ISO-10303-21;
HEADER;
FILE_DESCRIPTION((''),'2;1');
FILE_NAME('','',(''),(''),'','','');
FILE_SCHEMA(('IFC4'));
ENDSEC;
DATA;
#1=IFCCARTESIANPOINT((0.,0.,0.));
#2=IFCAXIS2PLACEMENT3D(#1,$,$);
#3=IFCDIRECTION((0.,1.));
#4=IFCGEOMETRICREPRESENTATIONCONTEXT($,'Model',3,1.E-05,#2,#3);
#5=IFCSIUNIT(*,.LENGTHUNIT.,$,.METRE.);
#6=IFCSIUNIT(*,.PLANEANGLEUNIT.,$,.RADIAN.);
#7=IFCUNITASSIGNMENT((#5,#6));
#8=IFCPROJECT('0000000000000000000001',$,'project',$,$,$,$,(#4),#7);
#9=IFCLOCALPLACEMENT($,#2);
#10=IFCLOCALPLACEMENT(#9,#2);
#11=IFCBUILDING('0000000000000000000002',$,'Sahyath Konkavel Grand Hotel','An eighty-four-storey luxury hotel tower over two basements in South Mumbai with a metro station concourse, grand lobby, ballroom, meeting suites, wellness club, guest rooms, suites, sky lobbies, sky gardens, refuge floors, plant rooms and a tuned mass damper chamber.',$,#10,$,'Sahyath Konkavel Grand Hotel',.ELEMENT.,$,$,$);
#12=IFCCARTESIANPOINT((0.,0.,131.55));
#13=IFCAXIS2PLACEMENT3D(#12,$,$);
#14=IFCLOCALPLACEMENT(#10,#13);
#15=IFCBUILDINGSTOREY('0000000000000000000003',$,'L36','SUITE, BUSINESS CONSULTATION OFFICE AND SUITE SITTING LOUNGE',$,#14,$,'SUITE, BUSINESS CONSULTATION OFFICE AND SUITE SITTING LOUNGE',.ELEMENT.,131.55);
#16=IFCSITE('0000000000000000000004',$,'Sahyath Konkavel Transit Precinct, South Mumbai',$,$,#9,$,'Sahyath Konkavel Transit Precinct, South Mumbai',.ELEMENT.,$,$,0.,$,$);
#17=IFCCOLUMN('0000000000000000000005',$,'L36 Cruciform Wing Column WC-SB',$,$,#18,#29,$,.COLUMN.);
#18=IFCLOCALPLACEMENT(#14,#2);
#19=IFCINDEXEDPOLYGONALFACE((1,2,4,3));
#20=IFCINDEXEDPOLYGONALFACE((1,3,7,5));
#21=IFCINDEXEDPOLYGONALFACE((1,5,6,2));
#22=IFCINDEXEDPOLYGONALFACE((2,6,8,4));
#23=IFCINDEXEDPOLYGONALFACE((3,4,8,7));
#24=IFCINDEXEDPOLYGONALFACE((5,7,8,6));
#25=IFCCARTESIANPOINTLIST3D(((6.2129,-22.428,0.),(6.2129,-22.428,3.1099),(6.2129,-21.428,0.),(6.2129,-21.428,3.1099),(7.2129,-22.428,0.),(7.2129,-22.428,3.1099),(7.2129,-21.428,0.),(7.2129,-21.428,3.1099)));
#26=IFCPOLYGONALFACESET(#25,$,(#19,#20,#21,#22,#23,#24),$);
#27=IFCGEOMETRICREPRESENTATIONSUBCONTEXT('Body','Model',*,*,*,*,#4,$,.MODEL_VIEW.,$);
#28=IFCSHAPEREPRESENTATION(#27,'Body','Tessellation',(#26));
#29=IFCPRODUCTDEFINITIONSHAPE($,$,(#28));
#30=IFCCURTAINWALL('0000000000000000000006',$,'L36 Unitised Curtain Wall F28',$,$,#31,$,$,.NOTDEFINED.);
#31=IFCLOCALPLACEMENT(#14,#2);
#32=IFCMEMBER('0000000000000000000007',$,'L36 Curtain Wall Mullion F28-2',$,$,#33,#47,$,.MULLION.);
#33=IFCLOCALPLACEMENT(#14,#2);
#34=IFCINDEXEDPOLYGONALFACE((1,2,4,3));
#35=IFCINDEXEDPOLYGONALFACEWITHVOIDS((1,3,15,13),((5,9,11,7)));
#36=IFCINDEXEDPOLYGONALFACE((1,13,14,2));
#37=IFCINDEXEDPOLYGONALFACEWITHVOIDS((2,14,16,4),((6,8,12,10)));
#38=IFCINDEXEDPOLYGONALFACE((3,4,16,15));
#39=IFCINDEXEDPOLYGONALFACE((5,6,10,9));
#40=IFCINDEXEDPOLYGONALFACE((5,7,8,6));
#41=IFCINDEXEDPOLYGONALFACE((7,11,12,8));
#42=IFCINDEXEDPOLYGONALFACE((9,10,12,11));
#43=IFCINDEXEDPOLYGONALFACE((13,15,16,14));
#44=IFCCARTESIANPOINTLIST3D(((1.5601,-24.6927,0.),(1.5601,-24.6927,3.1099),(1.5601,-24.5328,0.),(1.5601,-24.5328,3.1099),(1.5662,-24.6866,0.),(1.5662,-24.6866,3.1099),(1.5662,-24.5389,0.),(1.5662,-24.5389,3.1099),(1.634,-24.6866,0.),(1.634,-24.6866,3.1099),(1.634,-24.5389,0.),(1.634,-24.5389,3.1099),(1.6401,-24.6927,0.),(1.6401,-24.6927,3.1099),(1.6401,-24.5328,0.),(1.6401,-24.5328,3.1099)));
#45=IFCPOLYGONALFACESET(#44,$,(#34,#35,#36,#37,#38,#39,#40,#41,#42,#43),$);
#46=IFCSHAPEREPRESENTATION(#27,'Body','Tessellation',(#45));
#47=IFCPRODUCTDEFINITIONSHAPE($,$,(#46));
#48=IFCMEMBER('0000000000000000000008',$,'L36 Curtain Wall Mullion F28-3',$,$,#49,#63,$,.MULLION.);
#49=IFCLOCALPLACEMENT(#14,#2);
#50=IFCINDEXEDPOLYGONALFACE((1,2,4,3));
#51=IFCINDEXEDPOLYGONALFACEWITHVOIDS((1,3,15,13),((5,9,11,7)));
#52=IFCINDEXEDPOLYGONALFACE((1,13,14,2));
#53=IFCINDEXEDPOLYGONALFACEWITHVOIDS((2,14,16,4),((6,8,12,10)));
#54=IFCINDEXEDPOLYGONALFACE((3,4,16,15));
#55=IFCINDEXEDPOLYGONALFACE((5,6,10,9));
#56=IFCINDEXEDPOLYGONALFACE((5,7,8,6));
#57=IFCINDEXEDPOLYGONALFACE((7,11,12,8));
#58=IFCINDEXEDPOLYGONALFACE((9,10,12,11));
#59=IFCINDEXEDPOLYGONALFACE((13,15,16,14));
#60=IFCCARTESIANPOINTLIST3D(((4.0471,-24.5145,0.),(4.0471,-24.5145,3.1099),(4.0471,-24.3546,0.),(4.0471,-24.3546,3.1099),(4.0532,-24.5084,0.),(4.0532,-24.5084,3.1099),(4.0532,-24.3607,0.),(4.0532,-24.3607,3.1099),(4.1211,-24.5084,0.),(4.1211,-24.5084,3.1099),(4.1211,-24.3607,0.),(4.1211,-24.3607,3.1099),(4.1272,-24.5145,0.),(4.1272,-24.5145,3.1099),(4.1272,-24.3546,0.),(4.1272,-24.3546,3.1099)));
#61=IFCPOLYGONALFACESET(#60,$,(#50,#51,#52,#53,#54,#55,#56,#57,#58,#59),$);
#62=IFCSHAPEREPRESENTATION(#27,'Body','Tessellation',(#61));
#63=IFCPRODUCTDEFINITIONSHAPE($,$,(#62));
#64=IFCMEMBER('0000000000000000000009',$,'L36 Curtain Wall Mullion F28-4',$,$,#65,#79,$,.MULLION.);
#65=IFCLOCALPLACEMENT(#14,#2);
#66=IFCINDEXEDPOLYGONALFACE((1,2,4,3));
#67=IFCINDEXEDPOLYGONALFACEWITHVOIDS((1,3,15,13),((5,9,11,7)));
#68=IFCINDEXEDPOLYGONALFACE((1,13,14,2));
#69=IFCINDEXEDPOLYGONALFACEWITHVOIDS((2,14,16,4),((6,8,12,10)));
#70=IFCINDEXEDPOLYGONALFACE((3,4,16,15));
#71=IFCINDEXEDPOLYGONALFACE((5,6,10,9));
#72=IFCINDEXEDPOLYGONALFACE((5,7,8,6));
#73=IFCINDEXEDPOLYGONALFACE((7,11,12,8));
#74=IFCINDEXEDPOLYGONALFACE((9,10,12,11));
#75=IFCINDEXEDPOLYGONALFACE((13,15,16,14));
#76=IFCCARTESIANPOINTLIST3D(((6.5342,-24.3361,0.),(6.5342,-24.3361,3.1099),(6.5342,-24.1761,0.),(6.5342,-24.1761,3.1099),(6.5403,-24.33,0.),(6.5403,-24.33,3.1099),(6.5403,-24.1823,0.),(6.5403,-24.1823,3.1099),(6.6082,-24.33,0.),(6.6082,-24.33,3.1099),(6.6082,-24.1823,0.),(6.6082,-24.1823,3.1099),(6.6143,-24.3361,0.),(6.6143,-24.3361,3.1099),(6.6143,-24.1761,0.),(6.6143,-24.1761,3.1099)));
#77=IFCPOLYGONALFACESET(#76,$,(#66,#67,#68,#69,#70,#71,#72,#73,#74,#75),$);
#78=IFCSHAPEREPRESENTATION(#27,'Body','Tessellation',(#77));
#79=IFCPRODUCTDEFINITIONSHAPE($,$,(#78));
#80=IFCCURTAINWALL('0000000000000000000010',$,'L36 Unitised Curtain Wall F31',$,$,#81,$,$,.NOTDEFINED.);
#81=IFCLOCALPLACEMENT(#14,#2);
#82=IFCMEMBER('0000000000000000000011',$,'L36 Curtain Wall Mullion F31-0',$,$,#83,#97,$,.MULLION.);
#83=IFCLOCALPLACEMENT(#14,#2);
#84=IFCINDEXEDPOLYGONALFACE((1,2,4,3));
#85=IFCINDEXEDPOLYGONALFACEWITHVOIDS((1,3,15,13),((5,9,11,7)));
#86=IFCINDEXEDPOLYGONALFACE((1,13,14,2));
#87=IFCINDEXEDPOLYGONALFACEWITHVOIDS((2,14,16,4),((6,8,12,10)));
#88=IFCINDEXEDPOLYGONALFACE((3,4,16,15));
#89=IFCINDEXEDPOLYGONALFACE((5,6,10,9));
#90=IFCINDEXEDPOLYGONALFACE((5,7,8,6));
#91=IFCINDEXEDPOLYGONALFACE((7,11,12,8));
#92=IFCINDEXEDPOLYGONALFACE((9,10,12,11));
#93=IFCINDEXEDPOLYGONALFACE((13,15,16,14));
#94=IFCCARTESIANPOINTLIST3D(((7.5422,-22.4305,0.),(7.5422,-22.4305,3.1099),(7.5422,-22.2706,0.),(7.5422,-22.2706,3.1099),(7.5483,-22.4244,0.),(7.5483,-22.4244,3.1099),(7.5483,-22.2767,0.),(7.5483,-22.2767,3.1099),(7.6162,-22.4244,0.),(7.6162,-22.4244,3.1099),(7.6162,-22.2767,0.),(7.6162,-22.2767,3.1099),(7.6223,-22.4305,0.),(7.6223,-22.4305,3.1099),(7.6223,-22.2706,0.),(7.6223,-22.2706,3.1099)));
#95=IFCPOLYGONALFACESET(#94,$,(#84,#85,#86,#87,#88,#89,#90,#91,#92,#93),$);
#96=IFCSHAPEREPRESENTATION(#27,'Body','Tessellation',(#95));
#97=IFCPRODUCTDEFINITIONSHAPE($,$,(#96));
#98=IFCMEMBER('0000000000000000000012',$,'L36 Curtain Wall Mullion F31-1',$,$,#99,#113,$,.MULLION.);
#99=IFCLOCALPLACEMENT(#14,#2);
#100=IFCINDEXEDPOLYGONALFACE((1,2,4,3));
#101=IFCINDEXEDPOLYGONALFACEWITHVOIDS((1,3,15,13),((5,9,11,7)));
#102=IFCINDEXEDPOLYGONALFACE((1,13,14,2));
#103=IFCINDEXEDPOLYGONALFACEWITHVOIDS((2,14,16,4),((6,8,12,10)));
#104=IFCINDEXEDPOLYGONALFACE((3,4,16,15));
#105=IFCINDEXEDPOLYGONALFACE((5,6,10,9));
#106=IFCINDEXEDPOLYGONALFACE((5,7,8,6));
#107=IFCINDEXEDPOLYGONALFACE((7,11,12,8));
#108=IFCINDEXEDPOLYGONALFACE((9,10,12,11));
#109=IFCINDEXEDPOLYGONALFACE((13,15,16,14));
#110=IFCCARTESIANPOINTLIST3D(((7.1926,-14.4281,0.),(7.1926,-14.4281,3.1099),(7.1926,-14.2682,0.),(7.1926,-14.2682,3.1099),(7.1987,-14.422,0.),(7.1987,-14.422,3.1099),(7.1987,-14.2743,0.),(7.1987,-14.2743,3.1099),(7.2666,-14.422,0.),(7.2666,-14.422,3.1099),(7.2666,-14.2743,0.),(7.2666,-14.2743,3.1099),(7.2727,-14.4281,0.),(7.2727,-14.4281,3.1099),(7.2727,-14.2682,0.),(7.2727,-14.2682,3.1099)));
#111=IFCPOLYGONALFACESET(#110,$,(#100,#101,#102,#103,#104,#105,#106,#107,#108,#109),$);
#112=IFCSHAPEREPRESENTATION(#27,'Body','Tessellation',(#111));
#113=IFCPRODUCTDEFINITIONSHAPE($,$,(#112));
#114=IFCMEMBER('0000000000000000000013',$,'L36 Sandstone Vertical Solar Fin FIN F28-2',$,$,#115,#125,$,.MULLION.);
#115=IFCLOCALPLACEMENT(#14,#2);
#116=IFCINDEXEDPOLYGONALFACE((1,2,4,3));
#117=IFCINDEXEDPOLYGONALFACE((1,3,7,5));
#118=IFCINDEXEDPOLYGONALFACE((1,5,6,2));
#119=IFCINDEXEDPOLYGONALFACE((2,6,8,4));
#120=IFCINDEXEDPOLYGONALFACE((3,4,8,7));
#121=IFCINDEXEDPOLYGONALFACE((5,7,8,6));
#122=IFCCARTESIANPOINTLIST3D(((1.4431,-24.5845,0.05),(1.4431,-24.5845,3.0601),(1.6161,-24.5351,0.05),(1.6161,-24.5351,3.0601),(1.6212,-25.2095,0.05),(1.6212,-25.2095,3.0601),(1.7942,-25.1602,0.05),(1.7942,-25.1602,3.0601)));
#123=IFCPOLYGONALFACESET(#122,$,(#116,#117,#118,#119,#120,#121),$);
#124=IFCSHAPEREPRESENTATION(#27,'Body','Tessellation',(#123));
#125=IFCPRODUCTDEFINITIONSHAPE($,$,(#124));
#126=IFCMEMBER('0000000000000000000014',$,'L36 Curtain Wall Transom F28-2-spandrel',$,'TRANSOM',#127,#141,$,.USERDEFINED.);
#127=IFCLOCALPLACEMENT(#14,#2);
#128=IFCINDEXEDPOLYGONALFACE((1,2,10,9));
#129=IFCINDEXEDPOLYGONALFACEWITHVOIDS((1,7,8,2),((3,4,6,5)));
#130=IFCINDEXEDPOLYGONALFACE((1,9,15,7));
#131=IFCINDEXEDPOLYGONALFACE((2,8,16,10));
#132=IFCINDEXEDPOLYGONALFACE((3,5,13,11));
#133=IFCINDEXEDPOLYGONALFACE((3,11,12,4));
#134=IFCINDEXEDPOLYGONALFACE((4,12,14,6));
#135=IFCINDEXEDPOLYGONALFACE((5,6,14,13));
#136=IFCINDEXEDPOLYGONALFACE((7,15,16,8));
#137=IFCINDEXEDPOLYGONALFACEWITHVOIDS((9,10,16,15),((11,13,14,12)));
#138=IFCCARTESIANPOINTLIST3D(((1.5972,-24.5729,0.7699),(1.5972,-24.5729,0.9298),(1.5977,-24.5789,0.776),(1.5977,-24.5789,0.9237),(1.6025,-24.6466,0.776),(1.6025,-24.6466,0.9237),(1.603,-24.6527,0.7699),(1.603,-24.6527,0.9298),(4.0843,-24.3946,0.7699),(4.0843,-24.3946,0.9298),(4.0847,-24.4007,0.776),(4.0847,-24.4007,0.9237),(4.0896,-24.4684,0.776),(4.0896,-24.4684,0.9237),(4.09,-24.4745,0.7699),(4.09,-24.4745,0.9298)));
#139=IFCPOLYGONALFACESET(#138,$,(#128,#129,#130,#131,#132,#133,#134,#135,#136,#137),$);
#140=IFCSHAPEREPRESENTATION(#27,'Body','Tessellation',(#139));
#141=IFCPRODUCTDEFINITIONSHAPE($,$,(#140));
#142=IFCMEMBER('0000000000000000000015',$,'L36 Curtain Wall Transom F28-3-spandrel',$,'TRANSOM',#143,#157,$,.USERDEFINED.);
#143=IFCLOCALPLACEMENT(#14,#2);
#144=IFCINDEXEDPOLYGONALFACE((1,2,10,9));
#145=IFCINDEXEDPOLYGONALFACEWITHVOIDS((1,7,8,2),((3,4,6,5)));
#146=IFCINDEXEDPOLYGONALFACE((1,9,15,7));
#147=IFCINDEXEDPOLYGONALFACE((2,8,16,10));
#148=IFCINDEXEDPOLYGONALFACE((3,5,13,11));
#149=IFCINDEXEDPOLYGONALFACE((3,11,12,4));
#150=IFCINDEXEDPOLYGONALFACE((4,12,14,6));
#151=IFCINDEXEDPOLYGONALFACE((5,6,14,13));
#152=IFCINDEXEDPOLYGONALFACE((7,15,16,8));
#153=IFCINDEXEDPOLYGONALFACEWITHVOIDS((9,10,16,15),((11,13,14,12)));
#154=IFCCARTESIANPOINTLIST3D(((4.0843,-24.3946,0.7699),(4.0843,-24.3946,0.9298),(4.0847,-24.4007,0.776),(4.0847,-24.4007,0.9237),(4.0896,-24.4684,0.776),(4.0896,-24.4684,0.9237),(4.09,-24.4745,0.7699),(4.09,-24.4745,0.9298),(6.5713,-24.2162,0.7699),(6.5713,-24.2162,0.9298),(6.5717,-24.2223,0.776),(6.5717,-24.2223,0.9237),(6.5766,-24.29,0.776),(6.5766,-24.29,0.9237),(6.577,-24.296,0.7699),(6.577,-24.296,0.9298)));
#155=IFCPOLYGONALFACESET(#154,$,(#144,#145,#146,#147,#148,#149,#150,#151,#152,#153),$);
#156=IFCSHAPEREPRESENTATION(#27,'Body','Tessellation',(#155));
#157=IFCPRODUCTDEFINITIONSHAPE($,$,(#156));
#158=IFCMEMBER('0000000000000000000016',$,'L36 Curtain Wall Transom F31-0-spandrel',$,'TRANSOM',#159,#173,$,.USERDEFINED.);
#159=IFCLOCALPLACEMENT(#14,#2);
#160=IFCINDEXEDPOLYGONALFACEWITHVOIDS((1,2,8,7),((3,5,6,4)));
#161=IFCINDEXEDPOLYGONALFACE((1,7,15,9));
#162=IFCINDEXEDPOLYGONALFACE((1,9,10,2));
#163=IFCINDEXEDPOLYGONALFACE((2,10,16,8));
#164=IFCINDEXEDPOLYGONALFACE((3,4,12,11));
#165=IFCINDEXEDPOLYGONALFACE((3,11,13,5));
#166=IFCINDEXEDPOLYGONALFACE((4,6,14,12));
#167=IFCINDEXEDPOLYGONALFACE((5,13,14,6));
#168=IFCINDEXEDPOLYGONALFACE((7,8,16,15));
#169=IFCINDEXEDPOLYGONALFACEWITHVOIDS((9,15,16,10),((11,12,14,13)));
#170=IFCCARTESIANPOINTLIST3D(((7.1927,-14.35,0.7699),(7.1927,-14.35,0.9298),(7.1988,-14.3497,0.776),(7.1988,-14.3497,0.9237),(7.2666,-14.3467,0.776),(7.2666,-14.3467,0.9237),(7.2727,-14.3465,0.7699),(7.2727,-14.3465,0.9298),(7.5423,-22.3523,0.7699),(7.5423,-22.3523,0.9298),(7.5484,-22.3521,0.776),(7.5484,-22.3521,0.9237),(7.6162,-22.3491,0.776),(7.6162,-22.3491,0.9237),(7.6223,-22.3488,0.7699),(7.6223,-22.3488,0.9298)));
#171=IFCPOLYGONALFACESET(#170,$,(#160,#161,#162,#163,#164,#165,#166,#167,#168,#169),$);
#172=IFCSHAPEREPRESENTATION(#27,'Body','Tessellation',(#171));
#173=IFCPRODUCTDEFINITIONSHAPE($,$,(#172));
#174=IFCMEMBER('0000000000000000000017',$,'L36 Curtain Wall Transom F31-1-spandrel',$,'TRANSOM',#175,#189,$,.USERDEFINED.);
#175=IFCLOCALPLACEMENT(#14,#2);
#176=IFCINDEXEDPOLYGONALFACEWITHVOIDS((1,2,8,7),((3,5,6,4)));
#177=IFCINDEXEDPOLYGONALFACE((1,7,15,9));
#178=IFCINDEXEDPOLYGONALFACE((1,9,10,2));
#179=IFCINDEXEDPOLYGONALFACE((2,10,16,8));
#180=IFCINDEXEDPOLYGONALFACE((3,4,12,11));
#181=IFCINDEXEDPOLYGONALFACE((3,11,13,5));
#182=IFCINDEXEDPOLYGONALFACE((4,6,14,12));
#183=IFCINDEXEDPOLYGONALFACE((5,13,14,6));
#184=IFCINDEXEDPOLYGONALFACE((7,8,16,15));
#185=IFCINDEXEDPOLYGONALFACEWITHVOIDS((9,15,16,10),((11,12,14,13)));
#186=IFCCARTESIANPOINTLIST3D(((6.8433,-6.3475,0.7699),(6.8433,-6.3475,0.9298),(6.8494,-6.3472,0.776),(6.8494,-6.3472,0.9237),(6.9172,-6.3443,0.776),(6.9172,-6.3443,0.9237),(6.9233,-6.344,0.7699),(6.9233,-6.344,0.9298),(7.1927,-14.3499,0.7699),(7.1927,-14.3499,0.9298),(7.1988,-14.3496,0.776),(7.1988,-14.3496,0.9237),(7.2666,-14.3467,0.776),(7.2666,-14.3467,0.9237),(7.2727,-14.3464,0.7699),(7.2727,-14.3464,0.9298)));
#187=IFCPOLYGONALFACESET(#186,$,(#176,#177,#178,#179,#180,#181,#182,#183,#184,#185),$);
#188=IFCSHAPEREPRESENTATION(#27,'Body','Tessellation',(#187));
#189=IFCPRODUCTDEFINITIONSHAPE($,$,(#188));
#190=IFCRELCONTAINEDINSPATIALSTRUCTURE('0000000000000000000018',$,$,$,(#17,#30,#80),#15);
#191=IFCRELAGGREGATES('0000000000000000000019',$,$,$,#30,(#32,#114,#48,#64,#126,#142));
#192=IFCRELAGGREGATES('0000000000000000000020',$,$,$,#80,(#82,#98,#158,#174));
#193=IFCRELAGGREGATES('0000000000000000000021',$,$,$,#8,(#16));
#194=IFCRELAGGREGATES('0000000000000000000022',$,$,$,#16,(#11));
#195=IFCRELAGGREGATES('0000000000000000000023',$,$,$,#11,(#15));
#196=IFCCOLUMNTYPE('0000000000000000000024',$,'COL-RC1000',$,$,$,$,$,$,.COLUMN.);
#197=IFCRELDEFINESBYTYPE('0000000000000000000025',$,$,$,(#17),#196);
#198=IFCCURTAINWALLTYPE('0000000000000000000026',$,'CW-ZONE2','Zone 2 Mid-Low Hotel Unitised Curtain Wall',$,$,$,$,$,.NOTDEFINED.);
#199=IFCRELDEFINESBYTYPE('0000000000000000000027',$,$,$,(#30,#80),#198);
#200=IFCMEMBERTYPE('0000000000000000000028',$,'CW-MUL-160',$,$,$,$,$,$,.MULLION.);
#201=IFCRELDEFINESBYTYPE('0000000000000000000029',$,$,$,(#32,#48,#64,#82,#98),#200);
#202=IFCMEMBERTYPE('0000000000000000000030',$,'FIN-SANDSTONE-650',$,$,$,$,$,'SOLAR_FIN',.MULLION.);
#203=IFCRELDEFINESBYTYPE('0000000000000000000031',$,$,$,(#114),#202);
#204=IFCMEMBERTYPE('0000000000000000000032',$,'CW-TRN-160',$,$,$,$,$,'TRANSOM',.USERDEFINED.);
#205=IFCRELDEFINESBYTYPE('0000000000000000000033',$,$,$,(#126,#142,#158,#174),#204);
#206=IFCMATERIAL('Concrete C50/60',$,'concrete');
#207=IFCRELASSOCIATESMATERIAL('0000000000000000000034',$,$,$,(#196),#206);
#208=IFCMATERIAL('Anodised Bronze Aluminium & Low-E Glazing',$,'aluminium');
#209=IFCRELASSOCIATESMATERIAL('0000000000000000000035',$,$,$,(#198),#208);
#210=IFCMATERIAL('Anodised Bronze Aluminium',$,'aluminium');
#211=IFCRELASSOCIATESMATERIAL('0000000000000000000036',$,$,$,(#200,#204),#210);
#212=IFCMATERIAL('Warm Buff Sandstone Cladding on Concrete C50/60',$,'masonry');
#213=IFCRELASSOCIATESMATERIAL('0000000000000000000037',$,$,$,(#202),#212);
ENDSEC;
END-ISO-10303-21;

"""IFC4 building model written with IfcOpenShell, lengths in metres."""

from ifc_helpers import new_model, si_unit, direction, frame, origin, origin_2d, place, context, subcontext, project, spatial, rectangle, hollow_rectangle, extrude, source, transform, mapped, material, material_profile, profile_set, type_object, element, aggregate, save


model = new_model("IFC4")

# Units and contexts
model_context = context("Model", 3, precision=1e-05, world=origin(), true_north=direction((0.0, 1.0)))
body_context = subcontext(model_context, "Body", "Model", "MODEL_VIEW")
ifc_project = project(units=[si_unit("LENGTHUNIT", "METRE"), si_unit("PLANEANGLEUNIT", "RADIAN")], contexts=[model_context])

# Site, building, storey
site_placement = place(None, origin())
site = spatial("IfcSite", under=ifc_project, at=site_placement, Name="Sahyath Konkavel Transit Precinct, South Mumbai", LongName="Sahyath Konkavel Transit Precinct, South Mumbai", CompositionType="ELEMENT", RefElevation=0.0)
building_placement = place(site_placement, origin())
building = spatial("IfcBuilding", under=site, at=building_placement, Name="Sahyath Konkavel Grand Hotel", Description="An eighty-four-storey luxury hotel tower over two basements in South Mumbai with a metro station concourse, grand lobby, ballroom, meeting suites, wellness club, guest rooms, suites, sky lobbies, sky gardens, refuge floors, plant rooms and a tuned mass damper chamber.", LongName="Sahyath Konkavel Grand Hotel", CompositionType="ELEMENT")
storey_placement = place(building_placement, frame((0.0, 0.0, 131.55)))
storey = spatial("IfcBuildingStorey", under=building, at=storey_placement, Name="L36", Description="SUITE, BUSINESS CONSULTATION OFFICE AND SUITE SITTING LOUNGE", LongName="SUITE, BUSINESS CONSULTATION OFFICE AND SUITE SITTING LOUNGE", CompositionType="ELEMENT", Elevation=131.55)

# Column
ifc_material_1 = material(Name="Concrete C50/60", Category="concrete")
ifc_material_profile_1 = material_profile(ifc_material_1, rectangle(XDim=1.0, YDim=1.0, at=origin_2d()), Name="RC 1000x1000")
ifc_profile_set_1 = profile_set([ifc_material_profile_1], Name="Concrete C50/60")
column_type = type_object("IfcColumnType", Name="COL-RC1000", PredefinedType="COLUMN", material=ifc_profile_set_1)
shared_shape_1 = source(origin(), body_context, "Body", "SweptSolid", [
    extrude(rectangle(XDim=1.0, YDim=1.0, at=origin_2d()), origin(), (0.0, 0.0, 1.0), 3.1099),
])
column_placement = place(storey_placement, frame((6.7129, -21.928, 0.0), z_axis=(0.0, 0.0, 1.0), x_axis=(1.0, 0.0, 0.0)))
element("IfcColumn", 1, at=column_placement, inside=storey, type_object=column_type, Name="L36 Cruciform Wing Column WC-SB", PredefinedType="COLUMN", context=body_context, shape_type="MappedRepresentation", body=[
    mapped(shared_shape_1, transform((0.0, 0.0, 0.0), scale=1.0)),
])

# Curtain walls, members
ifc_material_2 = material(Name="Anodised Bronze Aluminium & Low-E Glazing", Category="aluminium")
curtain_wall_type = type_object("IfcCurtainWallType", Name="CW-ZONE2", Description="Zone 2 Mid-Low Hotel Unitised Curtain Wall", PredefinedType="NOTDEFINED", material=ifc_material_2)
curtain_wall_1_placement = place(storey_placement, origin())
curtain_wall_1 = element("IfcCurtainWall", 2, at=curtain_wall_1_placement, inside=storey, type_object=curtain_wall_type, Name="L36 Unitised Curtain Wall F28", PredefinedType="NOTDEFINED")
ifc_material_3 = material(Name="Anodised Bronze Aluminium", Category="aluminium")
ifc_material_profile_2 = material_profile(ifc_material_3, hollow_rectangle(XDim=0.0801, YDim=0.1599, WallThickness=0.0061, at=origin_2d()), Name="RHS 160x80x6")
ifc_profile_set_2 = profile_set([ifc_material_profile_2], Name="Anodised Bronze Aluminium")
member_type_1 = type_object("IfcMemberType", Name="CW-MUL-160", PredefinedType="MULLION", material=ifc_profile_set_2)
shared_shape_2 = source(origin(), body_context, "Body", "SweptSolid", [
    extrude(hollow_rectangle(XDim=0.0801, YDim=0.1599, WallThickness=0.0061, at=origin_2d()), origin(), (0.0, 0.0, 1.0), 3.1099),
])
member_1_placement = place(storey_placement, frame((1.6001, -24.6128, 0.0), z_axis=(0.0, 0.0, 1.0), x_axis=(1.0, 0.0, 0.0)))
member_1 = element("IfcMember", 3, at=member_1_placement, type_object=member_type_1, Name="L36 Curtain Wall Mullion F28-2", PredefinedType="MULLION", context=body_context, shape_type="MappedRepresentation", body=[
    mapped(shared_shape_2, transform((0.0, 0.0, 0.0), scale=1.0)),
])
member_2_placement = place(storey_placement, frame((4.0872, -24.4346, 0.0), z_axis=(0.0, 0.0, 1.0), x_axis=(1.0, 0.0, 0.0)))
member_2 = element("IfcMember", 4, at=member_2_placement, type_object=member_type_1, Name="L36 Curtain Wall Mullion F28-3", PredefinedType="MULLION", context=body_context, shape_type="MappedRepresentation", body=[
    mapped(shared_shape_2, transform((0.0, 0.0, 0.0), scale=1.0)),
])
member_3_placement = place(storey_placement, frame((6.5742, -24.2561, 0.0), z_axis=(0.0, 0.0, 1.0), x_axis=(1.0, 0.0, 0.0)))
member_3 = element("IfcMember", 5, at=member_3_placement, type_object=member_type_1, Name="L36 Curtain Wall Mullion F28-4", PredefinedType="MULLION", context=body_context, shape_type="MappedRepresentation", body=[
    mapped(shared_shape_2, transform((0.0, 0.0, 0.0), scale=1.0)),
])
curtain_wall_2_placement = place(storey_placement, origin())
curtain_wall_2 = element("IfcCurtainWall", 6, at=curtain_wall_2_placement, inside=storey, type_object=curtain_wall_type, Name="L36 Unitised Curtain Wall F31", PredefinedType="NOTDEFINED")
member_4_placement = place(storey_placement, frame((7.5823, -22.3506, 0.0), z_axis=(0.0, 0.0, 1.0), x_axis=(1.0, 0.0, 0.0)))
member_4 = element("IfcMember", 7, at=member_4_placement, type_object=member_type_1, Name="L36 Curtain Wall Mullion F31-0", PredefinedType="MULLION", context=body_context, shape_type="MappedRepresentation", body=[
    mapped(shared_shape_2, transform((0.0, 0.0, 0.0), scale=1.0)),
])
member_5_placement = place(storey_placement, frame((7.2327, -14.3481, 0.0), z_axis=(0.0, 0.0, 1.0), x_axis=(1.0, 0.0, 0.0)))
member_5 = element("IfcMember", 8, at=member_5_placement, type_object=member_type_1, Name="L36 Curtain Wall Mullion F31-1", PredefinedType="MULLION", context=body_context, shape_type="MappedRepresentation", body=[
    mapped(shared_shape_2, transform((0.0, 0.0, 0.0), scale=1.0)),
])

# Members
ifc_material_4 = material(Name="Warm Buff Sandstone Cladding on Concrete C50/60", Category="masonry")
ifc_material_profile_3 = material_profile(ifc_material_4, rectangle(XDim=0.1799, YDim=0.6499, at=origin_2d()), Name="FIN 180x650")
ifc_profile_set_3 = profile_set([ifc_material_profile_3], Name="Warm Buff Sandstone Cladding on Concrete C50/60")
member_type_2 = type_object("IfcMemberType", Name="FIN-SANDSTONE-650", ElementType="SOLAR_FIN", PredefinedType="MULLION", material=ifc_profile_set_3)
shared_shape_3 = source(origin(), body_context, "Body", "SweptSolid", [
    extrude(rectangle(XDim=0.1799, YDim=0.6499, at=origin_2d()), origin(), (0.0, 0.0, 1.0), 3.01),
])
member_6_placement = place(storey_placement, frame((1.6187, -24.8723, 0.05), z_axis=(0.0, 0.0, 1.0), x_axis=(0.961693, 0.274127, 0.0)))
member_6 = element("IfcMember", 9, at=member_6_placement, type_object=member_type_2, Name="L36 Sandstone Vertical Solar Fin FIN F28-2", PredefinedType="MULLION", context=body_context, shape_type="MappedRepresentation", body=[
    mapped(shared_shape_3, transform((0.0, 0.0, 0.0), scale=1.0)),
])
ifc_material_profile_4 = material_profile(ifc_material_3, hollow_rectangle(XDim=0.0801, YDim=0.1599, WallThickness=0.0061, at=origin_2d()), Name="RHS 160x80x6")
ifc_profile_set_4 = profile_set([ifc_material_profile_4], Name="Anodised Bronze Aluminium")
member_type_3 = type_object("IfcMemberType", Name="CW-TRN-160", ElementType="TRANSOM", PredefinedType="USERDEFINED", material=ifc_profile_set_4)
shared_shape_4 = source(origin(), body_context, "Body", "SweptSolid", [
    extrude(hollow_rectangle(XDim=0.0801, YDim=0.1599, WallThickness=0.0061, at=origin_2d()), origin(), (0.0, 0.0, 1.0), 2.4934),
])
member_7_placement = place(storey_placement, frame((1.6001, -24.6128, 0.8499), z_axis=(0.997442, 0.071477, 0.0), x_axis=(-0.071477, 0.997442, 0.0)))
member_7 = element("IfcMember", 10, at=member_7_placement, type_object=member_type_3, Name="L36 Curtain Wall Transom F28-2-spandrel", ObjectType="TRANSOM", PredefinedType="USERDEFINED", context=body_context, shape_type="MappedRepresentation", body=[
    mapped(shared_shape_4, transform((0.0, 0.0, 0.0), scale=1.0)),
])
member_8_placement = place(storey_placement, frame((4.0872, -24.4346, 0.8499), z_axis=(0.997435, 0.071574, 0.0), x_axis=(-0.071574, 0.997435, 0.0)))
member_8 = element("IfcMember", 11, at=member_8_placement, type_object=member_type_3, Name="L36 Curtain Wall Transom F28-3-spandrel", ObjectType="TRANSOM", PredefinedType="USERDEFINED", context=body_context, shape_type="MappedRepresentation", body=[
    mapped(shared_shape_4, transform((0.0, 0.0, 0.0), scale=1.0)),
])
shared_shape_5 = source(origin(), body_context, "Body", "SweptSolid", [
    extrude(hollow_rectangle(XDim=0.0801, YDim=0.1599, WallThickness=0.0061, at=origin_2d()), origin(), (0.0, 0.0, 1.0), 8.01),
])
member_9_placement = place(storey_placement, frame((7.5823, -22.3506, 0.8499), z_axis=(-0.043646, 0.999047, 0.0), x_axis=(-0.999047, -0.043646, 0.0)))
member_9 = element("IfcMember", 12, at=member_9_placement, type_object=member_type_3, Name="L36 Curtain Wall Transom F31-0-spandrel", ObjectType="TRANSOM", PredefinedType="USERDEFINED", context=body_context, shape_type="MappedRepresentation", body=[
    mapped(shared_shape_5, transform((0.0, 0.0, 0.0), scale=1.0)),
])
member_10_placement = place(storey_placement, frame((7.2327, -14.3481, 0.8499), z_axis=(-0.043616, 0.999048, 0.0), x_axis=(-0.999048, -0.043616, 0.0)))
member_10 = element("IfcMember", 13, at=member_10_placement, type_object=member_type_3, Name="L36 Curtain Wall Transom F31-1-spandrel", ObjectType="TRANSOM", PredefinedType="USERDEFINED", context=body_context, shape_type="MappedRepresentation", body=[
    mapped(shared_shape_5, transform((0.0, 0.0, 0.0), scale=1.0)),
])

aggregate(curtain_wall_1, [member_1, member_6, member_2, member_3, member_7, member_8])
aggregate(curtain_wall_2, [member_4, member_5, member_9, member_10])

save(model, "model.ifc")
